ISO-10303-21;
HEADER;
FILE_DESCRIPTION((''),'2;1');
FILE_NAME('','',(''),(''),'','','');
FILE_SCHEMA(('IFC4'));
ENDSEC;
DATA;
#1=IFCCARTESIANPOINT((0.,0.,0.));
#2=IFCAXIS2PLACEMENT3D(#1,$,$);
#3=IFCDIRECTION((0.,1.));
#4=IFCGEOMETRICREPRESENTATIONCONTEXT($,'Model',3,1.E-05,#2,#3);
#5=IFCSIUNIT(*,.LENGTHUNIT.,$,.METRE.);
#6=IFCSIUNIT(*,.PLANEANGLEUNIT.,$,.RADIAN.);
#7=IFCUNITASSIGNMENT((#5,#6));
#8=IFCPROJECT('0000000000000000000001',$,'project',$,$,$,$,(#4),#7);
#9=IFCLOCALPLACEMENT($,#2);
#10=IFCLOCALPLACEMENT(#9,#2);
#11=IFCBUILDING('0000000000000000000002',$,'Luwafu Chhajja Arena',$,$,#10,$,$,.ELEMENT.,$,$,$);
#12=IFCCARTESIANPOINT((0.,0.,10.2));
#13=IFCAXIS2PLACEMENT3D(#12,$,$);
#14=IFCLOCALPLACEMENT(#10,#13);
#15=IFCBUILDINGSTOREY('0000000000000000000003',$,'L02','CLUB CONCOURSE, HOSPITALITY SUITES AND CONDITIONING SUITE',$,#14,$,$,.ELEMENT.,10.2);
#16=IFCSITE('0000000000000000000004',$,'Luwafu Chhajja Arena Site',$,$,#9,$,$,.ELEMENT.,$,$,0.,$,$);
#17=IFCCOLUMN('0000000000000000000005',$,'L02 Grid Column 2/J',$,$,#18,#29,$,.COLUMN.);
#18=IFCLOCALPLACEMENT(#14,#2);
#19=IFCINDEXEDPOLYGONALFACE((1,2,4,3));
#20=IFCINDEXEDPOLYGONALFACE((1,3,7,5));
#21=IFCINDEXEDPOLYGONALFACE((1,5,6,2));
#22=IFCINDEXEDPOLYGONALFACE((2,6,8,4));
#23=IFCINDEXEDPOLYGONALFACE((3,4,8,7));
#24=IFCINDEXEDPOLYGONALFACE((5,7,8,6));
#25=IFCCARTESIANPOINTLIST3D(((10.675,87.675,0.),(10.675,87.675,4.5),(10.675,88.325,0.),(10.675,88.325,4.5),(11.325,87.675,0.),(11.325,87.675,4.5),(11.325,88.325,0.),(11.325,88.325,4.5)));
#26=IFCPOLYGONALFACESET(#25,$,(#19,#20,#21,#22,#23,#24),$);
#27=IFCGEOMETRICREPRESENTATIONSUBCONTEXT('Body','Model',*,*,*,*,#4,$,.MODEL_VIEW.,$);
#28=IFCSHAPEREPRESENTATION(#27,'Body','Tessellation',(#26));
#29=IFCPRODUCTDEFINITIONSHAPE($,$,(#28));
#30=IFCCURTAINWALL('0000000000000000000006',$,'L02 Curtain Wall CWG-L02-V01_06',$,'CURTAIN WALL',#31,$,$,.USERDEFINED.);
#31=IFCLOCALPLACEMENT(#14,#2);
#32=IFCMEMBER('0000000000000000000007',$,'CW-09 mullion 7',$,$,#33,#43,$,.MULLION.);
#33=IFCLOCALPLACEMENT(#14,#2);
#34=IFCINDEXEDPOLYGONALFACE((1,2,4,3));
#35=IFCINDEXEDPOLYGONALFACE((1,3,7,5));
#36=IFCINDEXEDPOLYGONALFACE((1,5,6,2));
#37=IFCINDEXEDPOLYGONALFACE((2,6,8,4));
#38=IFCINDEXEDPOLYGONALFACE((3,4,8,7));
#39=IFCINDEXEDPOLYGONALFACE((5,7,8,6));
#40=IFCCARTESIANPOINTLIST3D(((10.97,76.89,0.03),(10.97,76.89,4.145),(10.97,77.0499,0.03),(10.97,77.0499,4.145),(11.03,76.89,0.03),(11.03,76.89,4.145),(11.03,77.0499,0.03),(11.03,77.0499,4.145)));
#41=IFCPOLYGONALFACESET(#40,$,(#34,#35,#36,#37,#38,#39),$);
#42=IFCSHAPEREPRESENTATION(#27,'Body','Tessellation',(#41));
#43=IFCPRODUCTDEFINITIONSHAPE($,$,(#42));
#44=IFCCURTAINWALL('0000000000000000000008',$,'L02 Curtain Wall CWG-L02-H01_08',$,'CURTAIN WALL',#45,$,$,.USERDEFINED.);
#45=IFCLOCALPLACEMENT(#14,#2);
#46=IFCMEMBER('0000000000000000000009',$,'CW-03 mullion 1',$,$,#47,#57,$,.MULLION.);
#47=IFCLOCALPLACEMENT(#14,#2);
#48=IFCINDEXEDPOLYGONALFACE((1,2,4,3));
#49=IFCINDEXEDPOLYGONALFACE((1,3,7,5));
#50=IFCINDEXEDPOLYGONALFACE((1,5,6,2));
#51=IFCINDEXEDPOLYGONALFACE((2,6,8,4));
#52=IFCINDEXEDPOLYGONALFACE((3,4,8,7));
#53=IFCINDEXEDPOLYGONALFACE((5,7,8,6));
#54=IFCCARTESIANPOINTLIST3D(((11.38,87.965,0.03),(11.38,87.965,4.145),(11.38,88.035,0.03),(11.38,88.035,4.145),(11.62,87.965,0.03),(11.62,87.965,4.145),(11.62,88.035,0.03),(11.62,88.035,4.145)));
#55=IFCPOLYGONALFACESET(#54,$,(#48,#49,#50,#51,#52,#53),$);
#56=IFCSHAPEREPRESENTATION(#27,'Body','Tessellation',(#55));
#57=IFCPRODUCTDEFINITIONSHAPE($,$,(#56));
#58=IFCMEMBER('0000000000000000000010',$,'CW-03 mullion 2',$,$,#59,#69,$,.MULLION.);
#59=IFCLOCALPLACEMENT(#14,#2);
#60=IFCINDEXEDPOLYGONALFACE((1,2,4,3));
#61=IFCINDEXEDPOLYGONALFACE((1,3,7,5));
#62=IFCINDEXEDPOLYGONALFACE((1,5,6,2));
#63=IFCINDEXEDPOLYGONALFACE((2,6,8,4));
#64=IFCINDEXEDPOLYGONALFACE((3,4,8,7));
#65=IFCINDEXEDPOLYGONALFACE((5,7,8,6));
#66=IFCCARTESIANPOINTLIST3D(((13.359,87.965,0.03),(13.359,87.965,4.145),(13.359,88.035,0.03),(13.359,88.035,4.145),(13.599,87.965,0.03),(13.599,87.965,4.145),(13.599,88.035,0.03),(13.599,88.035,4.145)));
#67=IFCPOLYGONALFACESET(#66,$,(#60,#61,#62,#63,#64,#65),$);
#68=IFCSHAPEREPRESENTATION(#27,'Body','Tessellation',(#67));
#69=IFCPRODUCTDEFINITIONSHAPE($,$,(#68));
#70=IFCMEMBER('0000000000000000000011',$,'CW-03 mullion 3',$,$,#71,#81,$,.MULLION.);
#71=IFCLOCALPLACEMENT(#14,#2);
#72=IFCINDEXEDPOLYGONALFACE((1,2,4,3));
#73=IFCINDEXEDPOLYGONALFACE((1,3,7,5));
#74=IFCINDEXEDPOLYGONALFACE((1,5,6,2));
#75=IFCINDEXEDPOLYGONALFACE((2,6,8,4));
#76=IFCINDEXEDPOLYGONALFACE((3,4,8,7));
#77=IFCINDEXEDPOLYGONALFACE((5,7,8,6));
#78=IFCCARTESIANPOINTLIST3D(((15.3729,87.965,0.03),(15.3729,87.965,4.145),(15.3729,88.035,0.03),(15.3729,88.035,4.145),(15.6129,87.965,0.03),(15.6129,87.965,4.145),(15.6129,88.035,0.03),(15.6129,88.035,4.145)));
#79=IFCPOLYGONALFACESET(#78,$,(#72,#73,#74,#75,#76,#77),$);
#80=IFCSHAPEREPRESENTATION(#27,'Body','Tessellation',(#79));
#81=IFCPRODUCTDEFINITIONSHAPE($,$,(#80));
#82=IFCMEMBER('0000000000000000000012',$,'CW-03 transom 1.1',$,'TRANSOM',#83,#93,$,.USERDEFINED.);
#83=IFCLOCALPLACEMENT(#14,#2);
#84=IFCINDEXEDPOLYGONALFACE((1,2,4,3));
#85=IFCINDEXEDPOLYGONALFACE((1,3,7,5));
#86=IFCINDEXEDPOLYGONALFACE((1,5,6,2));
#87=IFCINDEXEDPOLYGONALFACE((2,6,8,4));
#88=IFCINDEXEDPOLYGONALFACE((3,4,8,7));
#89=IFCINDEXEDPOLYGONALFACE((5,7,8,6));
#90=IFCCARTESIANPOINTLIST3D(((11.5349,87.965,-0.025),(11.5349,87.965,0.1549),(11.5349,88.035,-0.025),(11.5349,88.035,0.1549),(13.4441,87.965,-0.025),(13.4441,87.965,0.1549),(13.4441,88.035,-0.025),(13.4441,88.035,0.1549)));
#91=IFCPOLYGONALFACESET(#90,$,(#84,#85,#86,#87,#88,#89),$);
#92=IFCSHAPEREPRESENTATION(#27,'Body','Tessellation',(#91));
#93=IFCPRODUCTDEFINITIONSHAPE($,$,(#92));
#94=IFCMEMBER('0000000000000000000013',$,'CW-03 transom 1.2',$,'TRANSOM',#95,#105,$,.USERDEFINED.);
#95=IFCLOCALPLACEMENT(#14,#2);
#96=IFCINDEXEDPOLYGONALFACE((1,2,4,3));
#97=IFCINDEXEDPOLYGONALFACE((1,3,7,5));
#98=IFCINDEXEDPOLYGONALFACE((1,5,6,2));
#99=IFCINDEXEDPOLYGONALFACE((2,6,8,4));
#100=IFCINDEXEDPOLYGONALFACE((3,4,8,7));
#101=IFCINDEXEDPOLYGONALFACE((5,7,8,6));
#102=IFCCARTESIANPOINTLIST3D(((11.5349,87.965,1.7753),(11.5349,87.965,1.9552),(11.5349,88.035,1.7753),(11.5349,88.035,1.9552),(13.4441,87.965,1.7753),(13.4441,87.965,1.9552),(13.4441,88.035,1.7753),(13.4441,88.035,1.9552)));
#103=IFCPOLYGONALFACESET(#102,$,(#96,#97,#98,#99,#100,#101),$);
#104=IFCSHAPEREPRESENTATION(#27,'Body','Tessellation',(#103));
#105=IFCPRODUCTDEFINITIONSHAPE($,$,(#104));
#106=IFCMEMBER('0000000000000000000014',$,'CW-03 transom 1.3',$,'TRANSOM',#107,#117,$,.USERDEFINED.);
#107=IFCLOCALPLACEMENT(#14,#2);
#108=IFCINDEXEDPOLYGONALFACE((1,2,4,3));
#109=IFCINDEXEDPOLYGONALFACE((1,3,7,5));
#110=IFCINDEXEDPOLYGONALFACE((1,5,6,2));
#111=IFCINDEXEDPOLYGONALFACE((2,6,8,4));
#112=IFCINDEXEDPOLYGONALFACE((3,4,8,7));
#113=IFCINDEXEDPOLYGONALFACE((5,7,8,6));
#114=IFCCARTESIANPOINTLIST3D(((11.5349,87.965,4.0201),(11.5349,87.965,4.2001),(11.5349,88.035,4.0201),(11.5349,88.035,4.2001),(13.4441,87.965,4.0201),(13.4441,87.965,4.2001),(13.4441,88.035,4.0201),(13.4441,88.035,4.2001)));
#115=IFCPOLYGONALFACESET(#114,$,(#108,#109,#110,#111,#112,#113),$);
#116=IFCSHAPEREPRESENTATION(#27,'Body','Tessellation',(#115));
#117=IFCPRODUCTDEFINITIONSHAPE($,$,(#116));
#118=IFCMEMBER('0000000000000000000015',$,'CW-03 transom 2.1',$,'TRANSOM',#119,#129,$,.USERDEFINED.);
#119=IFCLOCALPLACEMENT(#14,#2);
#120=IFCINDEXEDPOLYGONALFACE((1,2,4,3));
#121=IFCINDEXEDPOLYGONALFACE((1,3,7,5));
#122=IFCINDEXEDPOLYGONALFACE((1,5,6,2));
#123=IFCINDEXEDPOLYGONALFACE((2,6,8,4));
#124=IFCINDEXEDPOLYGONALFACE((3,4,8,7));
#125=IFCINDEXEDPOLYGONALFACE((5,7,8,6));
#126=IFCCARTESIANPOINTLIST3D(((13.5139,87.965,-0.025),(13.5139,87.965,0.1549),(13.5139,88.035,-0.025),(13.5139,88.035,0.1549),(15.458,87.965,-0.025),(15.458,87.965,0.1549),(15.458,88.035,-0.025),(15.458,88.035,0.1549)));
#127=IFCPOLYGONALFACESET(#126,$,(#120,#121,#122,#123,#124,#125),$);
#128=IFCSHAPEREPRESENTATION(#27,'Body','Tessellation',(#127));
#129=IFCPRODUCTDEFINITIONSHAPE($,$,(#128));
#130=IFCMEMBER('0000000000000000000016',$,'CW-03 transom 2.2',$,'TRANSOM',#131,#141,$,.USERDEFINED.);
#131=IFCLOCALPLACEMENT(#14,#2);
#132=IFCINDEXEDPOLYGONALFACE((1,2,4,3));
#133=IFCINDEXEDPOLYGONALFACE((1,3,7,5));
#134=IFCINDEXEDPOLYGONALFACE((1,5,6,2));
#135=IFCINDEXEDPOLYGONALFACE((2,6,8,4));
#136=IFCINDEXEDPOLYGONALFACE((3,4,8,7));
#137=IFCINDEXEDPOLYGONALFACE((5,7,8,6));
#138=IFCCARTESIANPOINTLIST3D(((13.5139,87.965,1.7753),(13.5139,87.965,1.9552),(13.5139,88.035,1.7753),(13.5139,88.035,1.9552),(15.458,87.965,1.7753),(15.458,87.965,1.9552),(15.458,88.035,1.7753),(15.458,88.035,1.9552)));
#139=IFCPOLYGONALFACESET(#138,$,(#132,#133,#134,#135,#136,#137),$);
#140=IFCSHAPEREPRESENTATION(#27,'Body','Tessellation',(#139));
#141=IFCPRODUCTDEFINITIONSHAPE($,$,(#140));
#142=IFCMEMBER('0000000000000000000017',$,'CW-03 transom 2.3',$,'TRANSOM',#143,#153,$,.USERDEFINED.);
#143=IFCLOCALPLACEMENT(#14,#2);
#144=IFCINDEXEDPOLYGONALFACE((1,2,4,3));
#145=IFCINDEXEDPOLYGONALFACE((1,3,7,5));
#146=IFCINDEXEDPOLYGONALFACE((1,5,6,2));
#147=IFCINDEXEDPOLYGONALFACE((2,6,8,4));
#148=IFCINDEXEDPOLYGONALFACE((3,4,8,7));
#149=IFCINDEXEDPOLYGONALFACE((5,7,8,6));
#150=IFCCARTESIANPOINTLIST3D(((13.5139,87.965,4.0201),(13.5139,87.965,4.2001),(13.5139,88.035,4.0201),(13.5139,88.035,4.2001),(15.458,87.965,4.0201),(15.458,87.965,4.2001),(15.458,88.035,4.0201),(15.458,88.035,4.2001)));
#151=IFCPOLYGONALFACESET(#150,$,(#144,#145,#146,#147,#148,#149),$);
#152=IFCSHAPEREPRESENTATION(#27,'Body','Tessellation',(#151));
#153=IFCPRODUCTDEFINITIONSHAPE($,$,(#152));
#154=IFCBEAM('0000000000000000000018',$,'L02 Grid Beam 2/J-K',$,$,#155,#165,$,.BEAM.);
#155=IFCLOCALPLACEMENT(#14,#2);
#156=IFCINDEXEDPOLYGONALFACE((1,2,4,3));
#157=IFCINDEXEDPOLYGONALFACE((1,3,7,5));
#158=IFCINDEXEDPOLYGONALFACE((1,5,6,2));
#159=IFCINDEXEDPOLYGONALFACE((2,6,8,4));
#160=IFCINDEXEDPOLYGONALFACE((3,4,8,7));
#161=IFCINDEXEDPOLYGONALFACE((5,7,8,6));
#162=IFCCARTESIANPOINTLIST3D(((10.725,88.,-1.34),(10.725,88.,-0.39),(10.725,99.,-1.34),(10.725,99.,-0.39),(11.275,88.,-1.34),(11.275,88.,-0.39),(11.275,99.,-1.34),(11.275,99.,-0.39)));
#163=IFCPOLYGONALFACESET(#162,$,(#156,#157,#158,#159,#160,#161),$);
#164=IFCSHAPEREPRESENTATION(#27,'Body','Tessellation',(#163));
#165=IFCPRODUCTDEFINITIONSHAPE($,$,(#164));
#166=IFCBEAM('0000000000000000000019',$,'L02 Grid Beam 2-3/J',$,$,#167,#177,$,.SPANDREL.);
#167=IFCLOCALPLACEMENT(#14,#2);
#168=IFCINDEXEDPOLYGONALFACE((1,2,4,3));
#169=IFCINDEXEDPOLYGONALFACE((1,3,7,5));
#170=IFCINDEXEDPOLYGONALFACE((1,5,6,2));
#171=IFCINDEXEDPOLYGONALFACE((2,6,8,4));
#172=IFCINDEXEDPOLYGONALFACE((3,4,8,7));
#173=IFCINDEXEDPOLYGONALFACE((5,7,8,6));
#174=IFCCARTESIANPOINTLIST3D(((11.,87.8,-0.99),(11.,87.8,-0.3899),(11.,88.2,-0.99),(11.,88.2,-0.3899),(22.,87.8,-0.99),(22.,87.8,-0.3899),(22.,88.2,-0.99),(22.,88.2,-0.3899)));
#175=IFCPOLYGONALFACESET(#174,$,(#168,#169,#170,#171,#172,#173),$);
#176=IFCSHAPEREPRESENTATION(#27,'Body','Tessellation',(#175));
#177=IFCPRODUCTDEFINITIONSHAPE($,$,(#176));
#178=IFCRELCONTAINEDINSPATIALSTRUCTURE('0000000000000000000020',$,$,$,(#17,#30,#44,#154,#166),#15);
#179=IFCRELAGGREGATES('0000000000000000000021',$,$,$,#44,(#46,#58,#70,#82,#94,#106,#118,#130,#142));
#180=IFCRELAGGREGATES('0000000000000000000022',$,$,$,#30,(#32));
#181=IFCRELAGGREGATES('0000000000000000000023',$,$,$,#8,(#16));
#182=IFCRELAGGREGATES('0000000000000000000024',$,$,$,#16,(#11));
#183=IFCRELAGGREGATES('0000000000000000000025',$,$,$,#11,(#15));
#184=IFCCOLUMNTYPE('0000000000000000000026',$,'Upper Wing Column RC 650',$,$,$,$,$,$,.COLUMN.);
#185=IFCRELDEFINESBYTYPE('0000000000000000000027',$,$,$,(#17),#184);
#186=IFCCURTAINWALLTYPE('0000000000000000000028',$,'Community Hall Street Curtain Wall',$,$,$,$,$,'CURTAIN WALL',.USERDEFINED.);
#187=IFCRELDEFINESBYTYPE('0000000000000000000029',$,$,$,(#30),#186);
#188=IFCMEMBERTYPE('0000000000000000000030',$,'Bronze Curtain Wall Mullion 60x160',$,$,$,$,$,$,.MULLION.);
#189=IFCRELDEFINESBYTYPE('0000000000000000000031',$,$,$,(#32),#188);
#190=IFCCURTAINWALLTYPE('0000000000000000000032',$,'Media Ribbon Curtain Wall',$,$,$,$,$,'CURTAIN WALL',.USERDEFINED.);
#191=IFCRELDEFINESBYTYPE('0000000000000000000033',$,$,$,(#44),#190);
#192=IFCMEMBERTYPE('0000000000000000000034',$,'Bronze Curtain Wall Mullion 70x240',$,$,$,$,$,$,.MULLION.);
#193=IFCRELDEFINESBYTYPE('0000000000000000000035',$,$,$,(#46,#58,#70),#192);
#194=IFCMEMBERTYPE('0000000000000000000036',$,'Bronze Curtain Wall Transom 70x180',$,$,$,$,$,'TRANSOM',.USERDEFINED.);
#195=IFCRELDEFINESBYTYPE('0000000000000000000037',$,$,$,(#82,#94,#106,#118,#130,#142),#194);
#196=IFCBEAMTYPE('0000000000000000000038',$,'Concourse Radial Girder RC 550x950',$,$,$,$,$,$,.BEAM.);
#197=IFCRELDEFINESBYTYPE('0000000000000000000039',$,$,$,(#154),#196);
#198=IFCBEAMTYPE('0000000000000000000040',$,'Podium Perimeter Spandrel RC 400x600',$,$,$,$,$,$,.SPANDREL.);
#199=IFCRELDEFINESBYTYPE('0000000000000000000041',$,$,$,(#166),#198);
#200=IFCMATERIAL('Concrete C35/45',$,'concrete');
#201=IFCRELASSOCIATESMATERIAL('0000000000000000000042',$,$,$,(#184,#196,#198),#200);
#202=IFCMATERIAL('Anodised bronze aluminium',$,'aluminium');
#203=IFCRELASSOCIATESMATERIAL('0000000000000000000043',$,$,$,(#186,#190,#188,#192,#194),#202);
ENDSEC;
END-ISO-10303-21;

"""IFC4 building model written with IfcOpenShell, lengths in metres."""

from ifc_helpers import new_model, si_unit, direction, frame, origin, origin_2d, place, context, subcontext, project, spatial, rectangle, extrude, material, material_profile, profile_set, type_object, element, aggregate, save


model = new_model("IFC4")

# Units and contexts
model_context = context("Model", 3, precision=1e-05, world=origin(), true_north=direction((0.0, 1.0)))
body_context = subcontext(model_context, "Body", "Model", "MODEL_VIEW")
ifc_project = project(units=[si_unit("LENGTHUNIT", "METRE"), si_unit("PLANEANGLEUNIT", "RADIAN")], contexts=[model_context])

# Site, building, storey
site_placement = place(None, origin())
site = spatial("IfcSite", under=ifc_project, at=site_placement, Name="Luwafu Chhajja Arena Site", CompositionType="ELEMENT", RefElevation=0.0)
building_placement = place(site_placement, origin())
building = spatial("IfcBuilding", under=site, at=building_placement, Name="Luwafu Chhajja Arena", CompositionType="ELEMENT")
storey_placement = place(building_placement, frame((0.0, 0.0, 10.2)))
storey = spatial("IfcBuildingStorey", under=building, at=storey_placement, Name="L02", Description="CLUB CONCOURSE, HOSPITALITY SUITES AND CONDITIONING SUITE", CompositionType="ELEMENT", Elevation=10.2)

# Column
ifc_material_1 = material(Name="Concrete C35/45", Category="concrete")
ifc_material_profile_1 = material_profile(ifc_material_1, rectangle(XDim=0.6499, YDim=0.6499, at=origin_2d()), Name="RC 650x650")
ifc_profile_set_1 = profile_set([ifc_material_profile_1], Name="Concrete C35/45")
column_type = type_object("IfcColumnType", Name="Upper Wing Column RC 650", PredefinedType="COLUMN", material=ifc_profile_set_1)
column_placement = place(storey_placement, frame((11.0, 88.0, 0.0), z_axis=(0.0, 0.0, 1.0), x_axis=(1.0, 0.0, 0.0)))
element("IfcColumn", 1, at=column_placement, inside=storey, type_object=column_type, Name="L02 Grid Column 2/J", PredefinedType="COLUMN", context=body_context, shape_type="SweptSolid", body=[
    extrude(rectangle(XDim=0.6499, YDim=0.6499, at=origin_2d()), origin(), (0.0, 0.0, 1.0), 4.5),
])

# Curtain wall, member
ifc_material_2 = material(Name="Anodised bronze aluminium", Category="aluminium")
curtain_wall_type_1 = type_object("IfcCurtainWallType", Name="Community Hall Street Curtain Wall", ElementType="CURTAIN WALL", PredefinedType="USERDEFINED", material=ifc_material_2)
curtain_wall_1_placement = place(storey_placement, origin())
curtain_wall_1 = element("IfcCurtainWall", 2, at=curtain_wall_1_placement, inside=storey, type_object=curtain_wall_type_1, Name="L02 Curtain Wall CWG-L02-V01_06", ObjectType="CURTAIN WALL", PredefinedType="USERDEFINED")
ifc_material_profile_2 = material_profile(ifc_material_2, rectangle(XDim=0.0601, YDim=0.1599, at=origin_2d()), Name="CWM 60x160")
ifc_profile_set_2 = profile_set([ifc_material_profile_2], Name="Anodised bronze aluminium")
member_type_1 = type_object("IfcMemberType", Name="Bronze Curtain Wall Mullion 60x160", PredefinedType="MULLION", material=ifc_profile_set_2)
member_1_placement = place(storey_placement, frame((11.0, 76.97, 0.03), z_axis=(0.0, 0.0, 1.0), x_axis=(-1.0, 0.0, 0.0)))
member_1 = element("IfcMember", 3, at=member_1_placement, type_object=member_type_1, Name="CW-09 mullion 7", PredefinedType="MULLION", context=body_context, shape_type="SweptSolid", body=[
    extrude(rectangle(XDim=0.0601, YDim=0.1599, at=origin_2d()), origin(), (0.0, 0.0, 1.0), 4.115),
])

# Curtain wall, members
curtain_wall_type_2 = type_object("IfcCurtainWallType", Name="Media Ribbon Curtain Wall", ElementType="CURTAIN WALL", PredefinedType="USERDEFINED", material=ifc_material_2)
curtain_wall_2_placement = place(storey_placement, origin())
curtain_wall_2 = element("IfcCurtainWall", 4, at=curtain_wall_2_placement, inside=storey, type_object=curtain_wall_type_2, Name="L02 Curtain Wall CWG-L02-H01_08", ObjectType="CURTAIN WALL", PredefinedType="USERDEFINED")
ifc_material_profile_3 = material_profile(ifc_material_2, rectangle(XDim=0.0701, YDim=0.24, at=origin_2d()), Name="CWM 70x240")
ifc_profile_set_3 = profile_set([ifc_material_profile_3], Name="Anodised bronze aluminium")
member_type_2 = type_object("IfcMemberType", Name="Bronze Curtain Wall Mullion 70x240", PredefinedType="MULLION", material=ifc_profile_set_3)
member_2_placement = place(storey_placement, frame((11.5, 88.0, 0.03), z_axis=(0.0, 0.0, 1.0), x_axis=(0.0, 1.0, 0.0)))
member_2 = element("IfcMember", 5, at=member_2_placement, type_object=member_type_2, Name="CW-03 mullion 1", PredefinedType="MULLION", context=body_context, shape_type="SweptSolid", body=[
    extrude(rectangle(XDim=0.0701, YDim=0.24, at=origin_2d()), origin(), (0.0, 0.0, 1.0), 4.115),
])
member_3_placement = place(storey_placement, frame((13.479, 88.0, 0.03), z_axis=(0.0, 0.0, 1.0), x_axis=(0.0, 1.0, 0.0)))
member_3 = element("IfcMember", 6, at=member_3_placement, type_object=member_type_2, Name="CW-03 mullion 2", PredefinedType="MULLION", context=body_context, shape_type="SweptSolid", body=[
    extrude(rectangle(XDim=0.0701, YDim=0.24, at=origin_2d()), origin(), (0.0, 0.0, 1.0), 4.115),
])
member_4_placement = place(storey_placement, frame((15.4929, 88.0, 0.03), z_axis=(0.0, 0.0, 1.0), x_axis=(0.0, 1.0, 0.0)))
member_4 = element("IfcMember", 7, at=member_4_placement, type_object=member_type_2, Name="CW-03 mullion 3", PredefinedType="MULLION", context=body_context, shape_type="SweptSolid", body=[
    extrude(rectangle(XDim=0.0701, YDim=0.24, at=origin_2d()), origin(), (0.0, 0.0, 1.0), 4.115),
])
ifc_material_profile_4 = material_profile(ifc_material_2, rectangle(XDim=0.0701, YDim=0.1799, at=origin_2d()), Name="CWT 70x180")
ifc_profile_set_4 = profile_set([ifc_material_profile_4], Name="Anodised bronze aluminium")
member_type_3 = type_object("IfcMemberType", Name="Bronze Curtain Wall Transom 70x180", ElementType="TRANSOM", PredefinedType="USERDEFINED", material=ifc_profile_set_4)
member_5_placement = place(storey_placement, frame((11.5349, 88.0, 0.0649), z_axis=(1.0, 0.0, 0.0), x_axis=(0.0, 1.0, 0.0)))
member_5 = element("IfcMember", 8, at=member_5_placement, type_object=member_type_3, Name="CW-03 transom 1.1", ObjectType="TRANSOM", PredefinedType="USERDEFINED", context=body_context, shape_type="SweptSolid", body=[
    extrude(rectangle(XDim=0.0701, YDim=0.1799, at=origin_2d()), origin(), (0.0, 0.0, 1.0), 1.9092),
])
member_6_placement = place(storey_placement, frame((11.5349, 88.0, 1.8652), z_axis=(1.0, 0.0, 0.0), x_axis=(0.0, 1.0, 0.0)))
member_6 = element("IfcMember", 9, at=member_6_placement, type_object=member_type_3, Name="CW-03 transom 1.2", ObjectType="TRANSOM", PredefinedType="USERDEFINED", context=body_context, shape_type="SweptSolid", body=[
    extrude(rectangle(XDim=0.0701, YDim=0.1799, at=origin_2d()), origin(), (0.0, 0.0, 1.0), 1.9092),
])
member_7_placement = place(storey_placement, frame((11.5349, 88.0, 4.1101), z_axis=(1.0, 0.0, 0.0), x_axis=(0.0, 1.0, 0.0)))
member_7 = element("IfcMember", 10, at=member_7_placement, type_object=member_type_3, Name="CW-03 transom 1.3", ObjectType="TRANSOM", PredefinedType="USERDEFINED", context=body_context, shape_type="SweptSolid", body=[
    extrude(rectangle(XDim=0.0701, YDim=0.1799, at=origin_2d()), origin(), (0.0, 0.0, 1.0), 1.9092),
])
member_8_placement = place(storey_placement, frame((13.5139, 88.0, 0.0649), z_axis=(1.0, 0.0, 0.0), x_axis=(0.0, 1.0, 0.0)))
member_8 = element("IfcMember", 11, at=member_8_placement, type_object=member_type_3, Name="CW-03 transom 2.1", ObjectType="TRANSOM", PredefinedType="USERDEFINED", context=body_context, shape_type="SweptSolid", body=[
    extrude(rectangle(XDim=0.0701, YDim=0.1799, at=origin_2d()), origin(), (0.0, 0.0, 1.0), 1.9441),
])
member_9_placement = place(storey_placement, frame((13.5139, 88.0, 1.8652), z_axis=(1.0, 0.0, 0.0), x_axis=(0.0, 1.0, 0.0)))
member_9 = element("IfcMember", 12, at=member_9_placement, type_object=member_type_3, Name="CW-03 transom 2.2", ObjectType="TRANSOM", PredefinedType="USERDEFINED", context=body_context, shape_type="SweptSolid", body=[
    extrude(rectangle(XDim=0.0701, YDim=0.1799, at=origin_2d()), origin(), (0.0, 0.0, 1.0), 1.9441),
])
member_10_placement = place(storey_placement, frame((13.5139, 88.0, 4.1101), z_axis=(1.0, 0.0, 0.0), x_axis=(0.0, 1.0, 0.0)))
member_10 = element("IfcMember", 13, at=member_10_placement, type_object=member_type_3, Name="CW-03 transom 2.3", ObjectType="TRANSOM", PredefinedType="USERDEFINED", context=body_context, shape_type="SweptSolid", body=[
    extrude(rectangle(XDim=0.0701, YDim=0.1799, at=origin_2d()), origin(), (0.0, 0.0, 1.0), 1.9441),
])

# Beams
ifc_material_profile_5 = material_profile(ifc_material_1, rectangle(XDim=0.55, YDim=0.95, at=origin_2d()), Name="RC 550x950")
ifc_profile_set_5 = profile_set([ifc_material_profile_5], Name="Concrete C35/45")
beam_type_1 = type_object("IfcBeamType", Name="Concourse Radial Girder RC 550x950", PredefinedType="BEAM", material=ifc_profile_set_5)
beam_1_placement = place(storey_placement, frame((11.0, 88.0, -0.865), z_axis=(0.0, 1.0, 0.0), x_axis=(-1.0, 0.0, 0.0)))
element("IfcBeam", 14, at=beam_1_placement, inside=storey, type_object=beam_type_1, Name="L02 Grid Beam 2/J-K", PredefinedType="BEAM", context=body_context, shape_type="SweptSolid", body=[
    extrude(rectangle(XDim=0.55, YDim=0.95, at=origin_2d()), origin(), (0.0, 0.0, 1.0), 11.0),
])
ifc_material_profile_6 = material_profile(ifc_material_1, rectangle(XDim=0.3999, YDim=0.6001, at=origin_2d()), Name="RC 400x600")
ifc_profile_set_6 = profile_set([ifc_material_profile_6], Name="Concrete C35/45")
beam_type_2 = type_object("IfcBeamType", Name="Podium Perimeter Spandrel RC 400x600", PredefinedType="SPANDREL", material=ifc_profile_set_6)
beam_2_placement = place(storey_placement, frame((11.0, 88.0, -0.6899), z_axis=(1.0, 0.0, 0.0), x_axis=(0.0, 1.0, 0.0)))
element("IfcBeam", 15, at=beam_2_placement, inside=storey, type_object=beam_type_2, Name="L02 Grid Beam 2-3/J", PredefinedType="SPANDREL", context=body_context, shape_type="SweptSolid", body=[
    extrude(rectangle(XDim=0.3999, YDim=0.6001, at=origin_2d()), origin(), (0.0, 0.0, 1.0), 11.0),
])

aggregate(curtain_wall_2, [member_2, member_3, member_4, member_5, member_6, member_7, member_8, member_9, member_10])
aggregate(curtain_wall_1, [member_1])

save(model, "model.ifc")
